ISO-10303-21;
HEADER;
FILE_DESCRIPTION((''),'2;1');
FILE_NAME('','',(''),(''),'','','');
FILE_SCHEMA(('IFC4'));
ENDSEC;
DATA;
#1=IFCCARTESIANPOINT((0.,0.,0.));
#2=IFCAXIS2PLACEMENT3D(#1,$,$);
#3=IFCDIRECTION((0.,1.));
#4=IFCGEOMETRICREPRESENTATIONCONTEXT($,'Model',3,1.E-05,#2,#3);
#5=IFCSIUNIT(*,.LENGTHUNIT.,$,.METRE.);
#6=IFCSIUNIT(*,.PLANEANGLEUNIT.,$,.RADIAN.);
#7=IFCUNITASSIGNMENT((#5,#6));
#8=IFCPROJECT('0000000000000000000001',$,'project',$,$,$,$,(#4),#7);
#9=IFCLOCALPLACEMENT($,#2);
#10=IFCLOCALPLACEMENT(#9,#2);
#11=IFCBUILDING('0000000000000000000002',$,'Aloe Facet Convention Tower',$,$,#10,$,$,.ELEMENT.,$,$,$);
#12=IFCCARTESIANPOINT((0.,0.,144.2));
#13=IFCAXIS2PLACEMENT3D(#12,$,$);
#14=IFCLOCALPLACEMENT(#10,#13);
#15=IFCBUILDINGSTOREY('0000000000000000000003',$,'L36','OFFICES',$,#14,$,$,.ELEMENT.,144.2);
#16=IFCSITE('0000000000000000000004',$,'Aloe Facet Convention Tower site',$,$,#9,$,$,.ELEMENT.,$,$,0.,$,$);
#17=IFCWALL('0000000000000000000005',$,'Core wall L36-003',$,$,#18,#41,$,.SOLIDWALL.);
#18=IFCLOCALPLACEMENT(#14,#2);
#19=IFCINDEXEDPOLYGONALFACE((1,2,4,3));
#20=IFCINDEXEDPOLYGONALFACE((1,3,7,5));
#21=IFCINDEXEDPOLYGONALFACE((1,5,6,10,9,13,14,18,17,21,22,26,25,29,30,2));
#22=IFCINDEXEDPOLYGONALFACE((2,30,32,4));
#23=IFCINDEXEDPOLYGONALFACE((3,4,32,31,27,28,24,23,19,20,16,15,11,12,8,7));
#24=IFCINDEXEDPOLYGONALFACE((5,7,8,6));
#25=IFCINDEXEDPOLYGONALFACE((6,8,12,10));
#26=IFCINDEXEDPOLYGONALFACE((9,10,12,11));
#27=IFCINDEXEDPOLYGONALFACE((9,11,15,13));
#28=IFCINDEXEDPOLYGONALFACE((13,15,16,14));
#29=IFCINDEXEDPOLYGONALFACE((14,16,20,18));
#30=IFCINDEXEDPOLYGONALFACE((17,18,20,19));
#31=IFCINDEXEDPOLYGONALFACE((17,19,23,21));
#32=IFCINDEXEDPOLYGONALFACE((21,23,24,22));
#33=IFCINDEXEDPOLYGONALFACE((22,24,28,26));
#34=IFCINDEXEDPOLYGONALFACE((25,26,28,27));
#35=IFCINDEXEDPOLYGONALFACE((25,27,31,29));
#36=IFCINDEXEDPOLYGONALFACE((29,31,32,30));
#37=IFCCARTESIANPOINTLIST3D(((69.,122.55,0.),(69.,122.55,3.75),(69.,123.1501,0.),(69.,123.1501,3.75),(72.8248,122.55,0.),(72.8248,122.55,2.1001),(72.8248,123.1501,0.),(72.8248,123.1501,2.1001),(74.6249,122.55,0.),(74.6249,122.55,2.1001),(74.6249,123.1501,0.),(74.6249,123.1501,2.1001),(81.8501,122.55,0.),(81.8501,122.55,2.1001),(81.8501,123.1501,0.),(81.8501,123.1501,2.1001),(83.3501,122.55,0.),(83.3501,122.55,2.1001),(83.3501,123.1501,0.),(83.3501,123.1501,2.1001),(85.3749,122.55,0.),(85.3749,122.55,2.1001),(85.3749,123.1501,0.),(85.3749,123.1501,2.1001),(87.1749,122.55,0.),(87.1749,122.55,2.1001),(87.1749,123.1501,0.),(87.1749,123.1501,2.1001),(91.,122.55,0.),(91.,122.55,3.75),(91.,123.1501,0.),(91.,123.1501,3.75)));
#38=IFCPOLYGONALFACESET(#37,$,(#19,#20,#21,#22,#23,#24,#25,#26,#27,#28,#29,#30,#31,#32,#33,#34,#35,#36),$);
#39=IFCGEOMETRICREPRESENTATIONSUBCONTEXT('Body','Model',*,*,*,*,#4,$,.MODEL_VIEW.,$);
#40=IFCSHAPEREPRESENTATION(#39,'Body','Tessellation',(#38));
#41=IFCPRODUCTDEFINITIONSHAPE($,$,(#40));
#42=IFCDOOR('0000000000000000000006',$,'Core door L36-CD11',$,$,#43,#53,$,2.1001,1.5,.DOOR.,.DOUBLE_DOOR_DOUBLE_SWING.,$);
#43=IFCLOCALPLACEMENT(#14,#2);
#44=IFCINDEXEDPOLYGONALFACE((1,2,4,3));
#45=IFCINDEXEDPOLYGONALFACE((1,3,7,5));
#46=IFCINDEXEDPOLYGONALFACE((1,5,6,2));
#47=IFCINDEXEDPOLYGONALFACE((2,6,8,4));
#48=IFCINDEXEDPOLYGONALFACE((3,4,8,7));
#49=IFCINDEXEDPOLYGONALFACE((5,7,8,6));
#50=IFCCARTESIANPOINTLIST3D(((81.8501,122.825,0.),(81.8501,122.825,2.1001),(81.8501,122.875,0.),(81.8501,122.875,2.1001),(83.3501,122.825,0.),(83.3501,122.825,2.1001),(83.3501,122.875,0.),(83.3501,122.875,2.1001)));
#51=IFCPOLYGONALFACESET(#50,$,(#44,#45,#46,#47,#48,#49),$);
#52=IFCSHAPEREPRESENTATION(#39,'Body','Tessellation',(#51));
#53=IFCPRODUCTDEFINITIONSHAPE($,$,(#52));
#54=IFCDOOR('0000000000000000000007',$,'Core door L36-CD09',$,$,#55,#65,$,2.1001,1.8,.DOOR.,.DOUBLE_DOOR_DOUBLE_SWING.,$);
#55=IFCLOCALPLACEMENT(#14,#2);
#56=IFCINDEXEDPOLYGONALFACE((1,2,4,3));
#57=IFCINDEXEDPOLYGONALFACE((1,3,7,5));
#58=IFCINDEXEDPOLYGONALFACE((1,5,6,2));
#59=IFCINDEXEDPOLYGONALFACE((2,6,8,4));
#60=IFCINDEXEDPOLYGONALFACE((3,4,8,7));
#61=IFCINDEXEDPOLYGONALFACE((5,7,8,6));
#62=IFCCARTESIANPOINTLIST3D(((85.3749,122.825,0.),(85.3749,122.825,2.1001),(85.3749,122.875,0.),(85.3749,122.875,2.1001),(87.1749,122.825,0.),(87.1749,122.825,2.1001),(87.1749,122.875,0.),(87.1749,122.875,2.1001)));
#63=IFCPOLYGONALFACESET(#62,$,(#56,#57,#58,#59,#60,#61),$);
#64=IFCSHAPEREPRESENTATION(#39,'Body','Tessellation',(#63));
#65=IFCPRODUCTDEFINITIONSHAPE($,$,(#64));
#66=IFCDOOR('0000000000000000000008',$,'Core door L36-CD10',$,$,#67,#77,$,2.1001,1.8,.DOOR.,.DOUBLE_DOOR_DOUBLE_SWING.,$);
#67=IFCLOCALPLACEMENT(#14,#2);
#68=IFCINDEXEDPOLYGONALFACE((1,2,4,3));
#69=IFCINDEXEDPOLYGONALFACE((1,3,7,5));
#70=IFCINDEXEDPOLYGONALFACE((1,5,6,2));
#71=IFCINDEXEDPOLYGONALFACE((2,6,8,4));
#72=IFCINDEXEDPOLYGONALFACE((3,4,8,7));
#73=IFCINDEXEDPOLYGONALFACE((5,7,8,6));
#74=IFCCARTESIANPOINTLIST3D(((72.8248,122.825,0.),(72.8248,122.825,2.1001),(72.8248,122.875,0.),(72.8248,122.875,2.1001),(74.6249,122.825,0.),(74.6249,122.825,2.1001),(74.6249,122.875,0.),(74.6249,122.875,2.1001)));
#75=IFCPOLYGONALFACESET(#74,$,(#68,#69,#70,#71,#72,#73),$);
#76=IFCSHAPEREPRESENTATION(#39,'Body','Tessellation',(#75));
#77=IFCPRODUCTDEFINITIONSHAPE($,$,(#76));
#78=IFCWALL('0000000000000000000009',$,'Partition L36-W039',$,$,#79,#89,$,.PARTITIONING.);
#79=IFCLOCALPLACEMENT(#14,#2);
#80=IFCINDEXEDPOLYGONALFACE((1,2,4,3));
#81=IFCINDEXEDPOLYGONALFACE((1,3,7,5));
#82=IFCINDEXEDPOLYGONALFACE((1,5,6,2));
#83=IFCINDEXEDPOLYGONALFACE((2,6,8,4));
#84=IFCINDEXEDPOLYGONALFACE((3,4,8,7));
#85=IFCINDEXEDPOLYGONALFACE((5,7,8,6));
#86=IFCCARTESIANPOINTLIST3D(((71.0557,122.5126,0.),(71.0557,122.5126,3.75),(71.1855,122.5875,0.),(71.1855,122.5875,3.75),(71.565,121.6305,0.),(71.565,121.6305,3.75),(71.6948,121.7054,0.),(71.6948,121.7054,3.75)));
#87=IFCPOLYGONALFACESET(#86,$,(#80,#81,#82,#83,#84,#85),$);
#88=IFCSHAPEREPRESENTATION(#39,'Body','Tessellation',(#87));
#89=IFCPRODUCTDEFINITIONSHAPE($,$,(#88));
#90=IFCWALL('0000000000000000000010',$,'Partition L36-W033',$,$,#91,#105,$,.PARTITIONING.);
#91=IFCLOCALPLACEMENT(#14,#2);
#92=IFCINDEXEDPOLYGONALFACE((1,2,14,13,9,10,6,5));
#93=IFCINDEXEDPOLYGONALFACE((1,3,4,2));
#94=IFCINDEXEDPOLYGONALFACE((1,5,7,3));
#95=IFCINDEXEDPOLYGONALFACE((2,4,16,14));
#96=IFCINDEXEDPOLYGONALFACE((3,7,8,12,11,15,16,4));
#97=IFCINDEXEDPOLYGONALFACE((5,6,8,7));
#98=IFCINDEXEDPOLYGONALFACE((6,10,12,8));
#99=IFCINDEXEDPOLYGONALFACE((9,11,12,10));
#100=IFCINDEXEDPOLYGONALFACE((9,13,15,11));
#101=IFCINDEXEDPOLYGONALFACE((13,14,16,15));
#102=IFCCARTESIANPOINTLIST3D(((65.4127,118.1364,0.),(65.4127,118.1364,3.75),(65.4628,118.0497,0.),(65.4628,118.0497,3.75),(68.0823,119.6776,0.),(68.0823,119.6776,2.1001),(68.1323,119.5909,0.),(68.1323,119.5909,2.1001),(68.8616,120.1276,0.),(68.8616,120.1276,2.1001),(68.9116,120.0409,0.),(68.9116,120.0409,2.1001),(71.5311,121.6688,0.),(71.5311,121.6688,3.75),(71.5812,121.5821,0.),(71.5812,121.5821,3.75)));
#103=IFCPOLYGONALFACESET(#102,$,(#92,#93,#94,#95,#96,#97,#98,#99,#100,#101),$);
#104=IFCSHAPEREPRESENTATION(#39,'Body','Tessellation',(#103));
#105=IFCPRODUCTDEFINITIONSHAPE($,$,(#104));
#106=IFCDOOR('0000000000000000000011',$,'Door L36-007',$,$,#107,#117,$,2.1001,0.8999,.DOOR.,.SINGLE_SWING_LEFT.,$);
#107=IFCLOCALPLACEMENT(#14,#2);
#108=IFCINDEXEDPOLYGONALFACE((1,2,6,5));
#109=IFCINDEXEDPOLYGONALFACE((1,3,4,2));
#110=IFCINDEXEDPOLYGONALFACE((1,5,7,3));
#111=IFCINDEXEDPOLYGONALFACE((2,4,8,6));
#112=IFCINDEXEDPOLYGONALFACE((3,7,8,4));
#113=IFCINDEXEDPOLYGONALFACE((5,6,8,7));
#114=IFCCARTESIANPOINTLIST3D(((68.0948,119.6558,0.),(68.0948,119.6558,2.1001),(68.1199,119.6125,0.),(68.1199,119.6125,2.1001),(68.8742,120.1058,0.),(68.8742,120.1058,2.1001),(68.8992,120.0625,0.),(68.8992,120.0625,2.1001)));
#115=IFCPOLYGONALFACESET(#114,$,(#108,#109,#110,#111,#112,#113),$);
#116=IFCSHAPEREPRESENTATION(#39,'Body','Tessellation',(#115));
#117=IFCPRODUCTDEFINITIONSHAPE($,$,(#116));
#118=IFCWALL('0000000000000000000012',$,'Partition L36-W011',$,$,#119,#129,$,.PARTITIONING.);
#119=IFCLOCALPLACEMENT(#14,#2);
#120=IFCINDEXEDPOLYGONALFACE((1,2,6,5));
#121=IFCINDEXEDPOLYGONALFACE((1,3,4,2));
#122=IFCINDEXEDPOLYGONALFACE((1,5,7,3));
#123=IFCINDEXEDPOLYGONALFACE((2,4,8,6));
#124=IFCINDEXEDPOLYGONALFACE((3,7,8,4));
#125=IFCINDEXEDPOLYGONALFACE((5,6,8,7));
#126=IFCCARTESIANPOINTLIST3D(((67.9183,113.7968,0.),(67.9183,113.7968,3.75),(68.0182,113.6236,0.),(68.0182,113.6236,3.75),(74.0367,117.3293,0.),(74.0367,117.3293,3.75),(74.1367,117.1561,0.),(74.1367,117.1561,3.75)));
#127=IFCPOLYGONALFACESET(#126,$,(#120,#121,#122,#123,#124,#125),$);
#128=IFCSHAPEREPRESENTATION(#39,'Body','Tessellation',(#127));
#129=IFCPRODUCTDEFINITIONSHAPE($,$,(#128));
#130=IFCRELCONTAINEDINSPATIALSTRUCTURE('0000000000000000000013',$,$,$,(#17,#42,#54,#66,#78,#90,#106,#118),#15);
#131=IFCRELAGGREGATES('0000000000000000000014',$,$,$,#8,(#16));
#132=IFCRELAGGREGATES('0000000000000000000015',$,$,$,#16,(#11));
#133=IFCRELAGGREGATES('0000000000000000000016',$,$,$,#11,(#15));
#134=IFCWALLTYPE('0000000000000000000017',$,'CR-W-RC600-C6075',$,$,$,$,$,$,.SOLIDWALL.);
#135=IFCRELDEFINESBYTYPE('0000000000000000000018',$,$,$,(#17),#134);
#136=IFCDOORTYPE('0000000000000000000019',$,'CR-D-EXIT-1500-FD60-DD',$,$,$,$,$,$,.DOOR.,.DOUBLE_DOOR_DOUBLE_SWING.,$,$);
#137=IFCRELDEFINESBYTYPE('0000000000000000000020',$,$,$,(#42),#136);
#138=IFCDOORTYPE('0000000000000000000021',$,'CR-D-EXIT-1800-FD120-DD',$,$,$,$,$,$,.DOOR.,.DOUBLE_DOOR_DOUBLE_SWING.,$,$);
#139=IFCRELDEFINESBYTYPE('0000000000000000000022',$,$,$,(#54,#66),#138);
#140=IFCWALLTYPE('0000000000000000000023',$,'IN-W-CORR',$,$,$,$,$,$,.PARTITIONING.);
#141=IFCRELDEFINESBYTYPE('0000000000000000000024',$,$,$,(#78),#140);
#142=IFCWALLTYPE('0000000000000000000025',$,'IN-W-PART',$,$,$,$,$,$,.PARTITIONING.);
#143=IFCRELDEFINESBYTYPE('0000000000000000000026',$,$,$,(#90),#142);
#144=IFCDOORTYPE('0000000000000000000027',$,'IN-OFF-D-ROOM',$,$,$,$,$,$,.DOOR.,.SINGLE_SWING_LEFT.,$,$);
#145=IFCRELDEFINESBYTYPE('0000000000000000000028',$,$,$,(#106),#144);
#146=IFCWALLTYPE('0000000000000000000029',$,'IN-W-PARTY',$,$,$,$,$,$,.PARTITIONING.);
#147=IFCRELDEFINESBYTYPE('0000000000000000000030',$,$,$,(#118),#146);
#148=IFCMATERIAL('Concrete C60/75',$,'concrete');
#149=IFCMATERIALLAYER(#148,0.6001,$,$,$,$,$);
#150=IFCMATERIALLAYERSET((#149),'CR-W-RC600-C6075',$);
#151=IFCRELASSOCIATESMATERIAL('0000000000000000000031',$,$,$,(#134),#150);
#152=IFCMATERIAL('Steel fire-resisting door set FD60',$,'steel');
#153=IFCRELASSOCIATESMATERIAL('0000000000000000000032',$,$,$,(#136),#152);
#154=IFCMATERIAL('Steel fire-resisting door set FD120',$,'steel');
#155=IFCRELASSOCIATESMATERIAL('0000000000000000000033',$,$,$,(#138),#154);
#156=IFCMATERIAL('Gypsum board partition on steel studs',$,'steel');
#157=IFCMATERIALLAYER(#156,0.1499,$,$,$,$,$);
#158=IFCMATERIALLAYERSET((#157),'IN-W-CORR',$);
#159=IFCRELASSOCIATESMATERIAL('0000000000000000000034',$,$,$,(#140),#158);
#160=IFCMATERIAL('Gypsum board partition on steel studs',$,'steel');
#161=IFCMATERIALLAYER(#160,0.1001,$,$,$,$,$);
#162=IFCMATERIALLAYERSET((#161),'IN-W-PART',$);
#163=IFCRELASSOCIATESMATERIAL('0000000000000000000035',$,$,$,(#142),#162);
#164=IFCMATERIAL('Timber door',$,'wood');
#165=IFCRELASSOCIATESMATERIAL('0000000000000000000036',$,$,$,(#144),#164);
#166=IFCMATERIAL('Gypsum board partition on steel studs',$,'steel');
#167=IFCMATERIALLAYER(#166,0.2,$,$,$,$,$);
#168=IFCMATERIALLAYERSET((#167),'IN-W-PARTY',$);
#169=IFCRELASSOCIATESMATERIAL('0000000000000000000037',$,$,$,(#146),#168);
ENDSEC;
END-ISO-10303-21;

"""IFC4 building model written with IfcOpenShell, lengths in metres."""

from ifc_helpers import new_model, si_unit, direction, frame, frame_2d, origin, place, context, subcontext, project, spatial, rectangle, extrude, material, layer, layer_set, type_object, element, fill, save


model = new_model("IFC4")

# Units and contexts
model_context = context("Model", 3, precision=1e-05, world=origin(), true_north=direction((0.0, 1.0)))
body_context = subcontext(model_context, "Body", "Model", "MODEL_VIEW")
ifc_project = project(units=[si_unit("LENGTHUNIT", "METRE"), si_unit("PLANEANGLEUNIT", "RADIAN")], contexts=[model_context])

# Site, building, storey
site_placement = place(None, origin())
site = spatial("IfcSite", under=ifc_project, at=site_placement, Name="Aloe Facet Convention Tower site", CompositionType="ELEMENT", RefElevation=0.0)
building_placement = place(site_placement, origin())
building = spatial("IfcBuilding", under=site, at=building_placement, Name="Aloe Facet Convention Tower", CompositionType="ELEMENT")
storey_placement = place(building_placement, frame((0.0, 0.0, 144.2)))
storey = spatial("IfcBuildingStorey", under=building, at=storey_placement, Name="L36", Description="OFFICES", CompositionType="ELEMENT", Elevation=144.2)

# Wall, openings, doors
ifc_material_1 = material(Name="Concrete C60/75", Category="concrete")
ifc_layer_1 = layer(ifc_material_1, 0.6001)
ifc_layer_set_1 = layer_set([ifc_layer_1], Name="CR-W-RC600-C6075")
wall_type_1 = type_object("IfcWallType", Name="CR-W-RC600-C6075", PredefinedType="SOLIDWALL", material=ifc_layer_set_1)
wall_1_placement = place(storey_placement, frame((69.0, 122.8501, 0.0), z_axis=(0.0, 0.0, 1.0), x_axis=(1.0, 0.0, 0.0)))
wall_1 = element("IfcWall", 1, at=wall_1_placement, inside=storey, type_object=wall_type_1, Name="Core wall L36-003", PredefinedType="SOLIDWALL", context=body_context, shape_type="SweptSolid", body=[
    extrude(rectangle(XDim=22.0, YDim=0.6001, at=frame_2d((11.0, 0.0))), origin(), (0.0, 0.0, 1.0), 3.75),
])
opening_1_placement = place(wall_1_placement, frame((16.375, 0.0, 0.0)))
opening_1 = element("IfcOpeningElement", 2, at=opening_1_placement, cuts=wall_1, PredefinedType="OPENING", context=body_context, shape_type="SweptSolid", body=[
    extrude(rectangle(XDim=1.8, YDim=2.1001, at=frame_2d((0.8999, 1.05))), frame((0.0, 0.3101, 0.0), z_axis=(0.0, -1.0, 0.0), x_axis=(1.0, 0.0, 0.0)), (0.0, 0.0, 1.0), 0.6201),
])
opening_2_placement = place(wall_1_placement, frame((3.825, 0.0, 0.0)))
opening_2 = element("IfcOpeningElement", 3, at=opening_2_placement, cuts=wall_1, PredefinedType="OPENING", context=body_context, shape_type="SweptSolid", body=[
    extrude(rectangle(XDim=1.8, YDim=2.1001, at=frame_2d((0.8999, 1.05))), frame((0.0, 0.3101, 0.0), z_axis=(0.0, -1.0, 0.0), x_axis=(1.0, 0.0, 0.0)), (0.0, 0.0, 1.0), 0.6201),
])
opening_3_placement = place(wall_1_placement, frame((12.8501, 0.0, 0.0)))
opening_3 = element("IfcOpeningElement", 4, at=opening_3_placement, cuts=wall_1, PredefinedType="OPENING", context=body_context, shape_type="SweptSolid", body=[
    extrude(rectangle(XDim=1.5, YDim=2.1001, at=frame_2d((0.75, 1.05))), frame((0.0, 0.3101, 0.0), z_axis=(0.0, -1.0, 0.0), x_axis=(1.0, 0.0, 0.0)), (0.0, 0.0, 1.0), 0.6201),
])
ifc_material_2 = material(Name="Steel fire-resisting door set FD60", Category="steel")
door_type_1 = type_object("IfcDoorType", Name="CR-D-EXIT-1500-FD60-DD", OperationType="DOUBLE_DOOR_DOUBLE_SWING", PredefinedType="DOOR", material=ifc_material_2)
door_1_placement = place(opening_3_placement, origin())
door_1 = element("IfcDoor", 5, at=door_1_placement, inside=storey, type_object=door_type_1, Name="Core door L36-CD11", OperationType="DOUBLE_DOOR_DOUBLE_SWING", OverallHeight=2.1001, OverallWidth=1.5, PredefinedType="DOOR", context=body_context, shape_type="SweptSolid", body=[
    extrude(rectangle(XDim=1.5, YDim=2.1001, at=frame_2d((0.75, 1.05))), frame((0.0, 0.0249, 0.0), z_axis=(0.0, -1.0, 0.0), x_axis=(1.0, 0.0, 0.0)), (0.0, 0.0, 1.0), 0.05),
])
fill(opening_3, door_1)
ifc_material_3 = material(Name="Steel fire-resisting door set FD120", Category="steel")
door_type_2 = type_object("IfcDoorType", Name="CR-D-EXIT-1800-FD120-DD", OperationType="DOUBLE_DOOR_DOUBLE_SWING", PredefinedType="DOOR", material=ifc_material_3)
door_2_placement = place(opening_1_placement, origin())
door_2 = element("IfcDoor", 6, at=door_2_placement, inside=storey, type_object=door_type_2, Name="Core door L36-CD09", OperationType="DOUBLE_DOOR_DOUBLE_SWING", OverallHeight=2.1001, OverallWidth=1.8, PredefinedType="DOOR", context=body_context, shape_type="SweptSolid", body=[
    extrude(rectangle(XDim=1.8, YDim=2.1001, at=frame_2d((0.8999, 1.05))), frame((0.0, 0.0249, 0.0), z_axis=(0.0, -1.0, 0.0), x_axis=(1.0, 0.0, 0.0)), (0.0, 0.0, 1.0), 0.05),
])
fill(opening_1, door_2)
door_3_placement = place(opening_2_placement, origin())
door_3 = element("IfcDoor", 7, at=door_3_placement, inside=storey, type_object=door_type_2, Name="Core door L36-CD10", OperationType="DOUBLE_DOOR_DOUBLE_SWING", OverallHeight=2.1001, OverallWidth=1.8, PredefinedType="DOOR", context=body_context, shape_type="SweptSolid", body=[
    extrude(rectangle(XDim=1.8, YDim=2.1001, at=frame_2d((0.8999, 1.05))), frame((0.0, 0.0249, 0.0), z_axis=(0.0, -1.0, 0.0), x_axis=(1.0, 0.0, 0.0)), (0.0, 0.0, 1.0), 0.05),
])
fill(opening_2, door_3)

# Wall
ifc_material_4 = material(Name="Gypsum board partition on steel studs", Category="steel")
ifc_layer_2 = layer(ifc_material_4, 0.1499)
ifc_layer_set_2 = layer_set([ifc_layer_2], Name="IN-W-CORR")
wall_type_2 = type_object("IfcWallType", Name="IN-W-CORR", PredefinedType="PARTITIONING", material=ifc_layer_set_2)
wall_2_placement = place(storey_placement, frame((71.1206, 122.55, 0.0), z_axis=(0.0, 0.0, 1.0), x_axis=(0.500006, -0.866022, 0.0)))
element("IfcWall", 8, at=wall_2_placement, inside=storey, type_object=wall_type_2, Name="Partition L36-W039", PredefinedType="PARTITIONING", context=body_context, shape_type="SweptSolid", body=[
    extrude(rectangle(XDim=1.0186, YDim=0.1499, at=frame_2d((0.5093, 0.0))), origin(), (0.0, 0.0, 1.0), 3.75),
])

# Wall, opening, door
ifc_material_5 = material(Name="Gypsum board partition on steel studs", Category="steel")
ifc_layer_3 = layer(ifc_material_5, 0.1001)
ifc_layer_set_3 = layer_set([ifc_layer_3], Name="IN-W-PART")
wall_type_3 = type_object("IfcWallType", Name="IN-W-PART", PredefinedType="PARTITIONING", material=ifc_layer_set_3)
wall_3_placement = place(storey_placement, frame((65.4377, 118.093, 0.0), z_axis=(0.0, 0.0, 1.0), x_axis=(0.866025, 0.500001, 0.0)))
wall_3 = element("IfcWall", 9, at=wall_3_placement, inside=storey, type_object=wall_type_3, Name="Partition L36-W033", PredefinedType="PARTITIONING", context=body_context, shape_type="SweptSolid", body=[
    extrude(rectangle(XDim=7.0649, YDim=0.1001, at=frame_2d((3.5325, 0.0))), origin(), (0.0, 0.0, 1.0), 3.75),
])
opening_4_placement = place(wall_3_placement, frame((3.0825, 0.0, 0.0)))
opening_4 = element("IfcOpeningElement", 10, at=opening_4_placement, cuts=wall_3, PredefinedType="OPENING", context=body_context, shape_type="SweptSolid", body=[
    extrude(rectangle(XDim=0.8999, YDim=2.1001, at=frame_2d((0.45, 1.05))), frame((0.0, 0.0601, 0.0), z_axis=(0.0, -1.0, 0.0), x_axis=(1.0, 0.0, 0.0)), (0.0, 0.0, 1.0), 0.1201),
])
ifc_material_6 = material(Name="Timber door", Category="wood")
door_type_3 = type_object("IfcDoorType", Name="IN-OFF-D-ROOM", OperationType="SINGLE_SWING_LEFT", PredefinedType="DOOR", material=ifc_material_6)
door_4_placement = place(opening_4_placement, origin())
door_4 = element("IfcDoor", 11, at=door_4_placement, inside=storey, type_object=door_type_3, Name="Door L36-007", OperationType="SINGLE_SWING_LEFT", OverallHeight=2.1001, OverallWidth=0.8999, PredefinedType="DOOR", context=body_context, shape_type="SweptSolid", body=[
    extrude(rectangle(XDim=0.8999, YDim=2.1001, at=frame_2d((0.45, 1.05))), frame((0.0, 0.0249, 0.0), z_axis=(0.0, -1.0, 0.0), x_axis=(1.0, 0.0, 0.0)), (0.0, 0.0, 1.0), 0.05),
])
fill(opening_4, door_4)

# Wall
ifc_material_7 = material(Name="Gypsum board partition on steel studs", Category="steel")
ifc_layer_4 = layer(ifc_material_7, 0.2)
ifc_layer_set_4 = layer_set([ifc_layer_4], Name="IN-W-PARTY")
wall_type_4 = type_object("IfcWallType", Name="IN-W-PARTY", PredefinedType="PARTITIONING", material=ifc_layer_set_4)
wall_4_placement = place(storey_placement, frame((67.9683, 113.7102, 0.0), z_axis=(0.0, 0.0, 1.0), x_axis=(0.866025, 0.500001, 0.0)))
element("IfcWall", 12, at=wall_4_placement, inside=storey, type_object=wall_type_4, Name="Partition L36-W011", PredefinedType="PARTITIONING", context=body_context, shape_type="SweptSolid", body=[
    extrude(rectangle(XDim=7.0649, YDim=0.2, at=frame_2d((3.5325, 0.0))), origin(), (0.0, 0.0, 1.0), 3.75),
])

save(model, "model.ifc")
